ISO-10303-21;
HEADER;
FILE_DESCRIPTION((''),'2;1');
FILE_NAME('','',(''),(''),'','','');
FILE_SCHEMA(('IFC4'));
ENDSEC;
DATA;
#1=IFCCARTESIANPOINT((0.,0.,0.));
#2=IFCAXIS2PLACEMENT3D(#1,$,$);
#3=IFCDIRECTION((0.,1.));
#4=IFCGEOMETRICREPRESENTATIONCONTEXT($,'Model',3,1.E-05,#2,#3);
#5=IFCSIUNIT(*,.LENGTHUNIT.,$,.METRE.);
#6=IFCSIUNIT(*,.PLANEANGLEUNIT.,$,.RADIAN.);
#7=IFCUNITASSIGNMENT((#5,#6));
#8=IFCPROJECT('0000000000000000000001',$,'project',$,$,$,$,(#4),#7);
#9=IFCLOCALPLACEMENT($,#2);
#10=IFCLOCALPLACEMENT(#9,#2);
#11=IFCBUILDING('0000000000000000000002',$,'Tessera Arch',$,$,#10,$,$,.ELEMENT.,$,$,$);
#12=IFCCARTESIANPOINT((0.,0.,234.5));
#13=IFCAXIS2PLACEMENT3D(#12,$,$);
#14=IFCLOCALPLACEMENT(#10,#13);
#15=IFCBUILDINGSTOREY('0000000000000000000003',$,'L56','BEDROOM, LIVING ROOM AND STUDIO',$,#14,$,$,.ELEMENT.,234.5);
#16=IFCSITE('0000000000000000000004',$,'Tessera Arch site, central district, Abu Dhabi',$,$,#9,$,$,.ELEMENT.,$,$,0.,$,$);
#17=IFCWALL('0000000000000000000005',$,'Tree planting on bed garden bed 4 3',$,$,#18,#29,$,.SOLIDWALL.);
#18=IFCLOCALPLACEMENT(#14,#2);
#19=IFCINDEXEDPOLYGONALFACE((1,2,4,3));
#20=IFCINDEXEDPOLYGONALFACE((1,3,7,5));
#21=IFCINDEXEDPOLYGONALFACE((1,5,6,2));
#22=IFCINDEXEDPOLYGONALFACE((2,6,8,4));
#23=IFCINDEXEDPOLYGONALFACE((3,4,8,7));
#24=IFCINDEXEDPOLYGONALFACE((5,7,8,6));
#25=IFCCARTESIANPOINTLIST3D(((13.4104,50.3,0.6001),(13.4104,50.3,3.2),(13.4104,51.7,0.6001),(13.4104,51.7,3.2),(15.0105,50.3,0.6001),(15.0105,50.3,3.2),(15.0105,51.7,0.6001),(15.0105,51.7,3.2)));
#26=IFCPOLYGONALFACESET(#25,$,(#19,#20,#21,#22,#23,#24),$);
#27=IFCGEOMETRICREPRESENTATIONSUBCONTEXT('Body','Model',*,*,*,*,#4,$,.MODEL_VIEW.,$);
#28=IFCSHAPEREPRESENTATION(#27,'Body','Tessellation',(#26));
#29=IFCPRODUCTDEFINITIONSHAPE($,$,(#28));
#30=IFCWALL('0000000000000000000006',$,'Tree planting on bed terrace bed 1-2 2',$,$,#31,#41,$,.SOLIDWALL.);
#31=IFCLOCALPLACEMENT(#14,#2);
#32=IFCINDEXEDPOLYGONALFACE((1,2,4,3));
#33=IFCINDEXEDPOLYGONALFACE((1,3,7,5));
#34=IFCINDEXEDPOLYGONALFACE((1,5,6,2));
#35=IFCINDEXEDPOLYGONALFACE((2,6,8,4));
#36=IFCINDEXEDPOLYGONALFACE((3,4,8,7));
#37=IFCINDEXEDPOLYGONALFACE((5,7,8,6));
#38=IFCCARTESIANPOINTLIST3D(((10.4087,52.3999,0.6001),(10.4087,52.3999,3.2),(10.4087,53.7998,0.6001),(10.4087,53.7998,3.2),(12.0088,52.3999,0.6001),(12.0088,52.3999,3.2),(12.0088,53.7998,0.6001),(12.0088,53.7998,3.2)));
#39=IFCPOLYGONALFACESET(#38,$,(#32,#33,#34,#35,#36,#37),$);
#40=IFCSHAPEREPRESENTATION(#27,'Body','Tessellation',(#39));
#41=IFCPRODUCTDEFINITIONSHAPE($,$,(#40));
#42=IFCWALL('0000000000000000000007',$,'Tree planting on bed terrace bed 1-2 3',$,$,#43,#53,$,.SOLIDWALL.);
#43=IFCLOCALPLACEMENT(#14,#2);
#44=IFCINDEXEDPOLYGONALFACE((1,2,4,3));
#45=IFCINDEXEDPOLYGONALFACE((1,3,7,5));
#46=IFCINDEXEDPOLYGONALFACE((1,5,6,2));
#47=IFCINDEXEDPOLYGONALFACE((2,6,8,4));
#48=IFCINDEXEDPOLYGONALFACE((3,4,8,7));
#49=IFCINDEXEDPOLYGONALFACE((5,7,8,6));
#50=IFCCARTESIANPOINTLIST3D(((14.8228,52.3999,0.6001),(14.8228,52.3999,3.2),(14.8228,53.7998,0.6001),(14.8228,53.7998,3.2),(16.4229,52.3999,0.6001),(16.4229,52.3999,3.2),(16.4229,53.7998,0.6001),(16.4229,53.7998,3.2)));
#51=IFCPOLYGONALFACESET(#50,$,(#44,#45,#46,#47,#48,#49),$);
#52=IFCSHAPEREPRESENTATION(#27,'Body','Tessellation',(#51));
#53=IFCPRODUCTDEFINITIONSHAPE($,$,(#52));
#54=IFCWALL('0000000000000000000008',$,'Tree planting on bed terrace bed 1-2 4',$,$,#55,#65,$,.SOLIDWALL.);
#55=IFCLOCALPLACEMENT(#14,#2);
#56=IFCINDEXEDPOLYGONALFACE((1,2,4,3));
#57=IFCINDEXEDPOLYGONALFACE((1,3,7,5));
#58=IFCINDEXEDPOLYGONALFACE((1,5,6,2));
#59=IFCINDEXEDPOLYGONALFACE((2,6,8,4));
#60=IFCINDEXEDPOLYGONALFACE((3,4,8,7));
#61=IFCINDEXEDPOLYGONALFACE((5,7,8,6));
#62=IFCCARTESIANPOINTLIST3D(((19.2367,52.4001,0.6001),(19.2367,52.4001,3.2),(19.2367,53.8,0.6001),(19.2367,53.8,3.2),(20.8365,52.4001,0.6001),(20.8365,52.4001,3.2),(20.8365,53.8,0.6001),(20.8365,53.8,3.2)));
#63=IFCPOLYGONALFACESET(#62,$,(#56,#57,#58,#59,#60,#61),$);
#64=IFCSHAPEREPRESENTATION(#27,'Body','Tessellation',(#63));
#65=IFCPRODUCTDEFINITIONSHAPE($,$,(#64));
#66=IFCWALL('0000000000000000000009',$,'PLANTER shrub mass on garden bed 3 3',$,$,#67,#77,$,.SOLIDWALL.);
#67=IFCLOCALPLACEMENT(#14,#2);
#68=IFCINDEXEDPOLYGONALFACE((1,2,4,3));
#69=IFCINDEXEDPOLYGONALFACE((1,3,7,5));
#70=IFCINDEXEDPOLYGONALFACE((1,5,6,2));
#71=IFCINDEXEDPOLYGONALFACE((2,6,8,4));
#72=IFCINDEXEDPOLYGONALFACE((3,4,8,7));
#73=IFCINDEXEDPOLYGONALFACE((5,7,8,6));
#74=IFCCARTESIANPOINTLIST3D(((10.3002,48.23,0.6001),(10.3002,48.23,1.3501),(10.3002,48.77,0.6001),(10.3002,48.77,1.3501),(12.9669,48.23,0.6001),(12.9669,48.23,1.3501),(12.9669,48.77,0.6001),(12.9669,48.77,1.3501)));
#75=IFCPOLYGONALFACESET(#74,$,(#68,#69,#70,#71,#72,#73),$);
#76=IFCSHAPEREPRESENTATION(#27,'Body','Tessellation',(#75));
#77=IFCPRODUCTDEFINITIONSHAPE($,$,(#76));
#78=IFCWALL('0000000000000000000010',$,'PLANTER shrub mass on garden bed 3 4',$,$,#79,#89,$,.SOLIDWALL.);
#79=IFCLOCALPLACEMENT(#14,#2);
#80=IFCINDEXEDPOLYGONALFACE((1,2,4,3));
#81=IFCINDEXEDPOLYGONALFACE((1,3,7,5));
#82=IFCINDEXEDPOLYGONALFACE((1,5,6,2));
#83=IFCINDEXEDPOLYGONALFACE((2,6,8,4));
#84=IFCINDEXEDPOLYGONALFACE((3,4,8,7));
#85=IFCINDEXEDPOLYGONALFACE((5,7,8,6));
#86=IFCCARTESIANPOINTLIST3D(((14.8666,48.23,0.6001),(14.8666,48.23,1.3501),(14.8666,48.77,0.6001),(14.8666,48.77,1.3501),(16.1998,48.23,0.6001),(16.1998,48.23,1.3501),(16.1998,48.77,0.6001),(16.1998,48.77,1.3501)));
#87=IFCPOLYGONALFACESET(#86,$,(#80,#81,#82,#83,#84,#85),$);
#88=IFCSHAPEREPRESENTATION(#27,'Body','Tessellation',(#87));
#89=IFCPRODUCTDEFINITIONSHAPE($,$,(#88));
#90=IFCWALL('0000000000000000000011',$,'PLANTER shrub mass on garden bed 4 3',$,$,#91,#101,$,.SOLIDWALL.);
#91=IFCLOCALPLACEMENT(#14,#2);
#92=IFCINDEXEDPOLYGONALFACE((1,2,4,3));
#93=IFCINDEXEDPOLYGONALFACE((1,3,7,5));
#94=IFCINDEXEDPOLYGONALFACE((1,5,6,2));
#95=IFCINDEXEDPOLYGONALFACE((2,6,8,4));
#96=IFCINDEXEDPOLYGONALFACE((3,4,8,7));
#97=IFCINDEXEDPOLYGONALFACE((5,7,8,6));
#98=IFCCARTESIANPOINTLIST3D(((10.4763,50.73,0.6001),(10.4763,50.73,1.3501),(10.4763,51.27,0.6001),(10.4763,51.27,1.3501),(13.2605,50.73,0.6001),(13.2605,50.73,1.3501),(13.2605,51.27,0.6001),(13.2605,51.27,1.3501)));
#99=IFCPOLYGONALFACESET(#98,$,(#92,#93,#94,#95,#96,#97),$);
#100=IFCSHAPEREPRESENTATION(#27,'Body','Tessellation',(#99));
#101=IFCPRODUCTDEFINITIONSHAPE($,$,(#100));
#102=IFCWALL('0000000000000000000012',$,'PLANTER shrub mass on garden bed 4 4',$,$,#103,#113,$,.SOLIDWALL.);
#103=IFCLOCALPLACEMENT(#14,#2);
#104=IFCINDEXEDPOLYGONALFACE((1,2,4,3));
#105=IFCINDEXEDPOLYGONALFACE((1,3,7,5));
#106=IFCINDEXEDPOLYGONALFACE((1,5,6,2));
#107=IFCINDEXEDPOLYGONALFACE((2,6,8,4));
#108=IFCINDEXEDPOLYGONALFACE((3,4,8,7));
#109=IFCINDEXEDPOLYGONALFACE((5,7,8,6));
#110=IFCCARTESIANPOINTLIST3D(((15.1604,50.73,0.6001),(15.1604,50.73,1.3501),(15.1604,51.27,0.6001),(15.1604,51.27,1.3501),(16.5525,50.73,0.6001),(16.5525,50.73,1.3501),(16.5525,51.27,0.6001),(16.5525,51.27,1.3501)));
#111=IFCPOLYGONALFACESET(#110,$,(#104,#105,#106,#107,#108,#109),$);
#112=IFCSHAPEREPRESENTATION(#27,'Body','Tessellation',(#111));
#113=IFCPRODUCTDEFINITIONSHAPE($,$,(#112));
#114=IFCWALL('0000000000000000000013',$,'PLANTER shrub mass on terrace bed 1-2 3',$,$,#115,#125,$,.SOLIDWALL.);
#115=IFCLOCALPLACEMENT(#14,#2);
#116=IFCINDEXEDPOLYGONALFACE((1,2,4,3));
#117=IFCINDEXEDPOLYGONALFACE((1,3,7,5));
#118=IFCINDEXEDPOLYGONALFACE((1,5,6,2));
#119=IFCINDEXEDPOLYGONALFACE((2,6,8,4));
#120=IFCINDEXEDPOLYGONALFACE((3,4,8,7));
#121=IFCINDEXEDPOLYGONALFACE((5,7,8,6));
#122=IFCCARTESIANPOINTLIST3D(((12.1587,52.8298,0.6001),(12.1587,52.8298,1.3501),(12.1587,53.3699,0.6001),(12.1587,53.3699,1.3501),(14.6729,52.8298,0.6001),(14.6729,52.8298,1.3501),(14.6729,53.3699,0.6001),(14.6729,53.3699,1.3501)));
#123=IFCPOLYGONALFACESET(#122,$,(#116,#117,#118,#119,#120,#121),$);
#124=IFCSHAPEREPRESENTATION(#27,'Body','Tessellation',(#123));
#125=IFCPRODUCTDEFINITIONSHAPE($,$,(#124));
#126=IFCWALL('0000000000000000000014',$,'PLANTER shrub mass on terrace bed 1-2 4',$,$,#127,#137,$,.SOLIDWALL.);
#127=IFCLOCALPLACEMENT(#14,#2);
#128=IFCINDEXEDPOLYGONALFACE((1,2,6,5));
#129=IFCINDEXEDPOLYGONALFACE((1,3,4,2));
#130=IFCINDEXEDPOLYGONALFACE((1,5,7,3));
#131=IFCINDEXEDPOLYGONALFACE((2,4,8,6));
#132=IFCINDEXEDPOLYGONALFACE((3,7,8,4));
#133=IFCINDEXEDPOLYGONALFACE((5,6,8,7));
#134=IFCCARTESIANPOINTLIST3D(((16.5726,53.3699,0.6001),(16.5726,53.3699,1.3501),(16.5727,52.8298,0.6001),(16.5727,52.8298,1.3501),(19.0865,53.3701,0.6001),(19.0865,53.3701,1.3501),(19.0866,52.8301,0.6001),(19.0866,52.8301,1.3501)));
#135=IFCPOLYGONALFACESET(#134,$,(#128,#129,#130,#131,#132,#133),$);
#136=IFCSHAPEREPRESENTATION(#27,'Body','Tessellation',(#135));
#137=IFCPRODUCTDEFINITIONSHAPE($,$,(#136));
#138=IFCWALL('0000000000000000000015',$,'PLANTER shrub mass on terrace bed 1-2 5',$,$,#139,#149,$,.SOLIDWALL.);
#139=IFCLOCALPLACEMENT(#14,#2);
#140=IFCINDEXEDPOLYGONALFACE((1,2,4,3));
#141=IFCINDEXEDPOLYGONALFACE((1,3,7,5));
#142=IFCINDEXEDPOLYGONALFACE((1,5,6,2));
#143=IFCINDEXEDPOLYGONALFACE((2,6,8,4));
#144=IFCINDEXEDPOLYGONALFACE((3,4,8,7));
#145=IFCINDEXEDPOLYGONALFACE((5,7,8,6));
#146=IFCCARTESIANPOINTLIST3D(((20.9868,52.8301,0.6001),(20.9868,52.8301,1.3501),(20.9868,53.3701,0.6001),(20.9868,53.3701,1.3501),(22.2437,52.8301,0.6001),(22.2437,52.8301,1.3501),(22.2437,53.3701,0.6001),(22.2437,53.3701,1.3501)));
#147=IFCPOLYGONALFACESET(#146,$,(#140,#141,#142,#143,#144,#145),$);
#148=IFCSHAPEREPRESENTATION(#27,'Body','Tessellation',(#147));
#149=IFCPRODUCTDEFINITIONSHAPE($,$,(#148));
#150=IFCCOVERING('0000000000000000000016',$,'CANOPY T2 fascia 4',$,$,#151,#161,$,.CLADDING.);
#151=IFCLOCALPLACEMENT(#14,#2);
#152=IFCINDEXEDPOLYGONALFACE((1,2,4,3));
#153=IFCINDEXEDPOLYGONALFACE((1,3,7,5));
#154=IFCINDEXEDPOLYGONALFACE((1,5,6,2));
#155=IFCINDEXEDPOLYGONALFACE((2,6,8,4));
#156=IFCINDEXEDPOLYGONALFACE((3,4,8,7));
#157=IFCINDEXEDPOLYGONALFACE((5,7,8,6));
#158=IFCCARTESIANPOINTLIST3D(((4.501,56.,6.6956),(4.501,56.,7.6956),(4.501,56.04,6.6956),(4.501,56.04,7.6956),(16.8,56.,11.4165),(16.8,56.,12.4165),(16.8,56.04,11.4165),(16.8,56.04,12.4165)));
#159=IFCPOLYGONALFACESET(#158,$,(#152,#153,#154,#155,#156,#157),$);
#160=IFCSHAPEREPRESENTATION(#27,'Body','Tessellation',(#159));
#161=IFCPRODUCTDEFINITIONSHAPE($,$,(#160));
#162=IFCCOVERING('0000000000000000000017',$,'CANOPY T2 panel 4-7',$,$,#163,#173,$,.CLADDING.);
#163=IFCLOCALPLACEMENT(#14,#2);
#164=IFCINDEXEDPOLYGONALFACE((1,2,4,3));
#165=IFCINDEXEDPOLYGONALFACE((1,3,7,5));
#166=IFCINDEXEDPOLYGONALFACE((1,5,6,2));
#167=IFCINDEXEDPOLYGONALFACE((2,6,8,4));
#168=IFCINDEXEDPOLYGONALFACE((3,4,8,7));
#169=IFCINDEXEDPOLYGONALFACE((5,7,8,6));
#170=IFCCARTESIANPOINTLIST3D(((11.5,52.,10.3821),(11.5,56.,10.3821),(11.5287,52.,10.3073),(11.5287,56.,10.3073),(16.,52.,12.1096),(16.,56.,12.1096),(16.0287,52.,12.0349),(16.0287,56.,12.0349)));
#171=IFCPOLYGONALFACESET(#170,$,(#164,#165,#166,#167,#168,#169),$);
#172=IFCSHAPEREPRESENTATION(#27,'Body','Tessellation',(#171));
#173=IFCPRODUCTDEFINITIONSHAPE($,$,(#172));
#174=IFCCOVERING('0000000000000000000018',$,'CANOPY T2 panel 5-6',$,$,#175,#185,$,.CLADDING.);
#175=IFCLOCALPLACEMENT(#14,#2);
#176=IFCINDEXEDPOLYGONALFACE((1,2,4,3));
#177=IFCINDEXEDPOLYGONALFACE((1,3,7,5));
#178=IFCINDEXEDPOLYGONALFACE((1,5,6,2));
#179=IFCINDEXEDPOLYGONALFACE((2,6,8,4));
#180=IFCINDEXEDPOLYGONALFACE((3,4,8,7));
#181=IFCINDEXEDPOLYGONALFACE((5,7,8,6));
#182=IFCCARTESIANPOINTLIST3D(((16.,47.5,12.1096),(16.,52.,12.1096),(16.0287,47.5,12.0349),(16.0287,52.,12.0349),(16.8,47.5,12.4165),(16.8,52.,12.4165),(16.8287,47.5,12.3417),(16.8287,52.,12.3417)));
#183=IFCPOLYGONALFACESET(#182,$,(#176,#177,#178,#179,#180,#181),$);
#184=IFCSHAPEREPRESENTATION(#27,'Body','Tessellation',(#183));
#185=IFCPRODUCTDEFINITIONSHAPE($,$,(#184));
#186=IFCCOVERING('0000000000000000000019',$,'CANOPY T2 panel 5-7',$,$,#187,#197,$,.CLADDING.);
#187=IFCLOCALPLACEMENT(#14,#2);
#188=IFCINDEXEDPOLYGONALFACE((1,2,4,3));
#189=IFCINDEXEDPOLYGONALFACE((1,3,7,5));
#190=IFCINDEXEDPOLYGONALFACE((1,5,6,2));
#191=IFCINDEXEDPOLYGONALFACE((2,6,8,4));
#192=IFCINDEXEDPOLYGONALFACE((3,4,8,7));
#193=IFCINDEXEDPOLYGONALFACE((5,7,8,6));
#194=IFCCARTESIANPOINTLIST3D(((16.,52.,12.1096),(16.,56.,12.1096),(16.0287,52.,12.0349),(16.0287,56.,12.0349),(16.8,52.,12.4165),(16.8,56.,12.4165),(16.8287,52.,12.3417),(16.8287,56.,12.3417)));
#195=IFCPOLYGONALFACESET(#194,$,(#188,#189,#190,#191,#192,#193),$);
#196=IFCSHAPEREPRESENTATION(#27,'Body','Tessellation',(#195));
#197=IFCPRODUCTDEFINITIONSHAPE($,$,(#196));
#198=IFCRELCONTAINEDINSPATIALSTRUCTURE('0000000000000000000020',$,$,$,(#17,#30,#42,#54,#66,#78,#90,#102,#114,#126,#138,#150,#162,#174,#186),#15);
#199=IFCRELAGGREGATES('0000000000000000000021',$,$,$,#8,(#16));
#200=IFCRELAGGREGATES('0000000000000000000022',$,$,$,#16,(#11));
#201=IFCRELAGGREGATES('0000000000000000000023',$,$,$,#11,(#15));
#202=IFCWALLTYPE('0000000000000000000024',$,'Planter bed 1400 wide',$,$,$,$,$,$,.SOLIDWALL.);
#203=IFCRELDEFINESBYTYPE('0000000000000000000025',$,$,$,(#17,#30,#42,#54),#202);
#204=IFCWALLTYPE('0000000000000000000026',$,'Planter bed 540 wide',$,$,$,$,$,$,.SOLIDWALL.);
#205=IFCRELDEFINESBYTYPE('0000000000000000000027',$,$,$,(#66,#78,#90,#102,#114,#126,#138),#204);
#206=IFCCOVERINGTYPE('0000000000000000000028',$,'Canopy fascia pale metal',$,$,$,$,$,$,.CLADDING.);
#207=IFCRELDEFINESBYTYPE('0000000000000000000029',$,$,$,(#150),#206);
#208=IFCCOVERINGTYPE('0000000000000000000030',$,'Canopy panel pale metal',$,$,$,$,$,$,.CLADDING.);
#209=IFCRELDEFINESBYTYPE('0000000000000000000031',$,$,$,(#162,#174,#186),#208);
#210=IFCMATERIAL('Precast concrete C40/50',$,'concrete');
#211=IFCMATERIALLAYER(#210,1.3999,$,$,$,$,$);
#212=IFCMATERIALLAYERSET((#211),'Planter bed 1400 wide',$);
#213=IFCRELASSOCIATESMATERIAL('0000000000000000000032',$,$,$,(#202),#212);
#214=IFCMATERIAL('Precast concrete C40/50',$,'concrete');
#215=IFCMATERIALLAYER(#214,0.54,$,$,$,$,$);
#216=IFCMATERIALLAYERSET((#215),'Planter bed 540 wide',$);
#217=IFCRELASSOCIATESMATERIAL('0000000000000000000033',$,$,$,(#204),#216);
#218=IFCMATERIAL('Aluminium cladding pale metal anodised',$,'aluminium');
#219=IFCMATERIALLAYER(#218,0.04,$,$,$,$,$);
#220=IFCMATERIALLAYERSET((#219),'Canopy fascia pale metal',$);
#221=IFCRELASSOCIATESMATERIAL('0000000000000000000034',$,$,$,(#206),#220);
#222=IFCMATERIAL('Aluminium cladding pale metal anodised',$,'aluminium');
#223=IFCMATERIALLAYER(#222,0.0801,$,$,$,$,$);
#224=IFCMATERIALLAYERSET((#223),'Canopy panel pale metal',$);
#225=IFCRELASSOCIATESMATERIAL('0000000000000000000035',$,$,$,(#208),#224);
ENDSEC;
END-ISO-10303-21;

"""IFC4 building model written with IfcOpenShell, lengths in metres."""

from ifc_helpers import new_model, si_unit, direction, frame, frame_2d, origin, place, context, subcontext, project, spatial, polyline, rectangle, outline, extrude, material, layer, layer_set, type_object, element, save


model = new_model("IFC4")

# Units and contexts
model_context = context("Model", 3, precision=1e-05, world=origin(), true_north=direction((0.0, 1.0)))
body_context = subcontext(model_context, "Body", "Model", "MODEL_VIEW")
ifc_project = project(units=[si_unit("LENGTHUNIT", "METRE"), si_unit("PLANEANGLEUNIT", "RADIAN")], contexts=[model_context])

# Site, building, storey
site_placement = place(None, origin())
site = spatial("IfcSite", under=ifc_project, at=site_placement, Name="Tessera Arch site, central district, Abu Dhabi", CompositionType="ELEMENT", RefElevation=0.0)
building_placement = place(site_placement, origin())
building = spatial("IfcBuilding", under=site, at=building_placement, Name="Tessera Arch", CompositionType="ELEMENT")
storey_placement = place(building_placement, frame((0.0, 0.0, 234.5)))
storey = spatial("IfcBuildingStorey", under=building, at=storey_placement, Name="L56", Description="BEDROOM, LIVING ROOM AND STUDIO", CompositionType="ELEMENT", Elevation=234.5)

# Walls
ifc_material_1 = material(Name="Precast concrete C40/50", Category="concrete")
ifc_layer_1 = layer(ifc_material_1, 1.3999)
ifc_layer_set_1 = layer_set([ifc_layer_1], Name="Planter bed 1400 wide")
wall_type_1 = type_object("IfcWallType", Name="Planter bed 1400 wide", PredefinedType="SOLIDWALL", material=ifc_layer_set_1)
for number, where, z_axis, x_axis, name in (
    (1, (13.4104, 51.0, 0.6001), (0.0, 0.0, 1.0), (1.0, 0.0, 0.0), "Tree planting on bed garden bed 4 3"),
    (2, (10.4087, 53.0999, 0.6001), (0.0, 0.0, 1.0), (1.0, 0.0, 0.0), "Tree planting on bed terrace bed 1-2 2"),
    (3, (14.8228, 53.0999, 0.6001), (0.0, 0.0, 1.0), (1.0, 0.0, 0.0), "Tree planting on bed terrace bed 1-2 3"),
):
    element("IfcWall", number, at=place(storey_placement, frame(where, z_axis=z_axis, x_axis=x_axis)), inside=storey, type_object=wall_type_1, Name=name, PredefinedType="SOLIDWALL", context=body_context, shape_type="SweptSolid", body=[
        extrude(rectangle(XDim=1.6001, YDim=1.3999, at=frame_2d((0.8, 0.0))), origin(), (0.0, 0.0, 1.0), 2.5999),
    ])
wall_1_placement = place(storey_placement, frame((19.2368, 53.1001, 0.6001), z_axis=(0.0, 0.0, 1.0), x_axis=(1.0, 0.0, 0.0)))
element("IfcWall", 4, at=wall_1_placement, inside=storey, type_object=wall_type_1, Name="Tree planting on bed terrace bed 1-2 4", PredefinedType="SOLIDWALL", context=body_context, shape_type="SweptSolid", body=[
    extrude(rectangle(XDim=1.5999, YDim=1.3999, at=frame_2d((0.7998, 0.0))), origin(), (0.0, 0.0, 1.0), 2.5999),
])
ifc_material_2 = material(Name="Precast concrete C40/50", Category="concrete")
ifc_layer_2 = layer(ifc_material_2, 0.54)
ifc_layer_set_2 = layer_set([ifc_layer_2], Name="Planter bed 540 wide")
wall_type_2 = type_object("IfcWallType", Name="Planter bed 540 wide", PredefinedType="SOLIDWALL", material=ifc_layer_set_2)
wall_2_placement = place(storey_placement, frame((10.3, 48.5, 0.6001), z_axis=(0.0, 0.0, 1.0), x_axis=(1.0, 0.0, 0.0)))
element("IfcWall", 5, at=wall_2_placement, inside=storey, type_object=wall_type_2, Name="PLANTER shrub mass on garden bed 3 3", PredefinedType="SOLIDWALL", context=body_context, shape_type="SweptSolid", body=[
    extrude(rectangle(XDim=2.6667, YDim=0.54, at=frame_2d((1.3335, 0.0))), origin(), (0.0, 0.0, 1.0), 0.75),
])
wall_3_placement = place(storey_placement, frame((14.8667, 48.5, 0.6001), z_axis=(0.0, 0.0, 1.0), x_axis=(1.0, 0.0, 0.0)))
element("IfcWall", 6, at=wall_3_placement, inside=storey, type_object=wall_type_2, Name="PLANTER shrub mass on garden bed 3 4", PredefinedType="SOLIDWALL", context=body_context, shape_type="SweptSolid", body=[
    extrude(rectangle(XDim=1.3333, YDim=0.54, at=frame_2d((0.6665, 0.0))), origin(), (0.0, 0.0, 1.0), 0.75),
])
wall_4_placement = place(storey_placement, frame((10.4763, 51.0, 0.6001), z_axis=(0.0, 0.0, 1.0), x_axis=(1.0, 0.0, 0.0)))
element("IfcWall", 7, at=wall_4_placement, inside=storey, type_object=wall_type_2, Name="PLANTER shrub mass on garden bed 4 3", PredefinedType="SOLIDWALL", context=body_context, shape_type="SweptSolid", body=[
    extrude(rectangle(XDim=2.7842, YDim=0.54, at=frame_2d((1.3921, 0.0))), origin(), (0.0, 0.0, 1.0), 0.75),
])
wall_5_placement = place(storey_placement, frame((15.1604, 51.0, 0.6001), z_axis=(0.0, 0.0, 1.0), x_axis=(1.0, 0.0, 0.0)))
element("IfcWall", 8, at=wall_5_placement, inside=storey, type_object=wall_type_2, Name="PLANTER shrub mass on garden bed 4 4", PredefinedType="SOLIDWALL", context=body_context, shape_type="SweptSolid", body=[
    extrude(rectangle(XDim=1.3921, YDim=0.54, at=frame_2d((0.696, 0.0))), origin(), (0.0, 0.0, 1.0), 0.75),
])
wall_6_placement = place(storey_placement, frame((12.1587, 53.0999, 0.6001), z_axis=(0.0, 0.0, 1.0), x_axis=(1.0, 0.0, 0.0)))
element("IfcWall", 9, at=wall_6_placement, inside=storey, type_object=wall_type_2, Name="PLANTER shrub mass on terrace bed 1-2 3", PredefinedType="SOLIDWALL", context=body_context, shape_type="SweptSolid", body=[
    extrude(rectangle(XDim=2.5142, YDim=0.54, at=frame_2d((1.2571, 0.0))), origin(), (0.0, 0.0, 1.0), 0.75),
])
wall_7_placement = place(storey_placement, frame((16.5728, 53.0999, 0.6001), z_axis=(0.0, 0.0, 1.0), x_axis=(1.0, 0.000097, 0.0)))
element("IfcWall", 10, at=wall_7_placement, inside=storey, type_object=wall_type_2, Name="PLANTER shrub mass on terrace bed 1-2 4", PredefinedType="SOLIDWALL", context=body_context, shape_type="SweptSolid", body=[
    extrude(rectangle(XDim=2.5139, YDim=0.54, at=frame_2d((1.2568, 0.0))), origin(), (0.0, 0.0, 1.0), 0.75),
])
wall_8_placement = place(storey_placement, frame((20.9868, 53.1001, 0.6001), z_axis=(0.0, 0.0, 1.0), x_axis=(1.0, 0.0, 0.0)))
element("IfcWall", 11, at=wall_8_placement, inside=storey, type_object=wall_type_2, Name="PLANTER shrub mass on terrace bed 1-2 5", PredefinedType="SOLIDWALL", context=body_context, shape_type="SweptSolid", body=[
    extrude(rectangle(XDim=1.2568, YDim=0.54, at=frame_2d((0.6284, 0.0))), origin(), (0.0, 0.0, 1.0), 0.75),
])

# Coverings
ifc_material_3 = material(Name="Aluminium cladding pale metal anodised", Category="aluminium")
ifc_layer_3 = layer(ifc_material_3, 0.04)
ifc_layer_set_3 = layer_set([ifc_layer_3], Name="Canopy fascia pale metal")
covering_type_1 = type_object("IfcCoveringType", Name="Canopy fascia pale metal", PredefinedType="CLADDING", material=ifc_layer_set_3)
covering_1_placement = place(storey_placement, frame((16.8, 56.0, 12.4165), z_axis=(0.0, -1.0, 0.0), x_axis=(-0.933586, 0.0, -0.358353)))
element("IfcCovering", 12, at=covering_1_placement, inside=storey, type_object=covering_type_1, Name="CANOPY T2 fascia 4", PredefinedType="CLADDING", context=body_context, shape_type="SweptSolid", body=[
    extrude(outline(polyline([(0.0, 0.0), (13.174, 0.0), (13.5324, 0.9336), (0.3584, 0.9336), (0.0, 0.0)])), origin(), (0.0, 0.0, -1.0), 0.04),
])
ifc_material_4 = material(Name="Aluminium cladding pale metal anodised", Category="aluminium")
ifc_layer_4 = layer(ifc_material_4, 0.0801)
ifc_layer_set_4 = layer_set([ifc_layer_4], Name="Canopy panel pale metal")
covering_type_2 = type_object("IfcCoveringType", Name="Canopy panel pale metal", PredefinedType="CLADDING", material=ifc_layer_set_4)
covering_2_placement = place(storey_placement, frame((11.5, 56.0, 10.3821), z_axis=(-0.358395, 0.0, 0.93357), x_axis=(0.0, -1.0, 0.0)))
element("IfcCovering", 13, at=covering_2_placement, inside=storey, type_object=covering_type_2, Name="CANOPY T2 panel 4-7", PredefinedType="CLADDING", context=body_context, shape_type="SweptSolid", body=[
    extrude(outline(polyline([(0.0, 0.0), (4.0, 0.0), (4.0, 4.8202), (0.0, 4.8202), (0.0, 0.0)])), origin(), (0.0, 0.0, -1.0), 0.0801),
])
covering_3_placement = place(storey_placement, frame((16.8, 52.0, 12.4165), z_axis=(-0.358139, 0.0, 0.933668), x_axis=(-0.933668, 0.0, -0.358139)))
element("IfcCovering", 14, at=covering_3_placement, inside=storey, type_object=covering_type_2, Name="CANOPY T2 panel 5-6", PredefinedType="CLADDING", context=body_context, shape_type="SweptSolid", body=[
    extrude(outline(polyline([(0.0, 0.0), (0.8569, 0.0), (0.8569, 4.5), (0.0, 4.5), (0.0, 0.0)])), origin(), (0.0, 0.0, -1.0), 0.0801),
])
covering_4_placement = place(storey_placement, frame((16.0, 56.0, 12.1096), z_axis=(-0.358139, 0.0, 0.933668), x_axis=(0.0, -1.0, 0.0)))
element("IfcCovering", 15, at=covering_4_placement, inside=storey, type_object=covering_type_2, Name="CANOPY T2 panel 5-7", PredefinedType="CLADDING", context=body_context, shape_type="SweptSolid", body=[
    extrude(outline(polyline([(0.0, 0.0), (4.0, 0.0), (4.0, 0.8569), (0.0, 0.8569), (0.0, 0.0)])), origin(), (0.0, 0.0, -1.0), 0.0801),
])

save(model, "model.ifc")
